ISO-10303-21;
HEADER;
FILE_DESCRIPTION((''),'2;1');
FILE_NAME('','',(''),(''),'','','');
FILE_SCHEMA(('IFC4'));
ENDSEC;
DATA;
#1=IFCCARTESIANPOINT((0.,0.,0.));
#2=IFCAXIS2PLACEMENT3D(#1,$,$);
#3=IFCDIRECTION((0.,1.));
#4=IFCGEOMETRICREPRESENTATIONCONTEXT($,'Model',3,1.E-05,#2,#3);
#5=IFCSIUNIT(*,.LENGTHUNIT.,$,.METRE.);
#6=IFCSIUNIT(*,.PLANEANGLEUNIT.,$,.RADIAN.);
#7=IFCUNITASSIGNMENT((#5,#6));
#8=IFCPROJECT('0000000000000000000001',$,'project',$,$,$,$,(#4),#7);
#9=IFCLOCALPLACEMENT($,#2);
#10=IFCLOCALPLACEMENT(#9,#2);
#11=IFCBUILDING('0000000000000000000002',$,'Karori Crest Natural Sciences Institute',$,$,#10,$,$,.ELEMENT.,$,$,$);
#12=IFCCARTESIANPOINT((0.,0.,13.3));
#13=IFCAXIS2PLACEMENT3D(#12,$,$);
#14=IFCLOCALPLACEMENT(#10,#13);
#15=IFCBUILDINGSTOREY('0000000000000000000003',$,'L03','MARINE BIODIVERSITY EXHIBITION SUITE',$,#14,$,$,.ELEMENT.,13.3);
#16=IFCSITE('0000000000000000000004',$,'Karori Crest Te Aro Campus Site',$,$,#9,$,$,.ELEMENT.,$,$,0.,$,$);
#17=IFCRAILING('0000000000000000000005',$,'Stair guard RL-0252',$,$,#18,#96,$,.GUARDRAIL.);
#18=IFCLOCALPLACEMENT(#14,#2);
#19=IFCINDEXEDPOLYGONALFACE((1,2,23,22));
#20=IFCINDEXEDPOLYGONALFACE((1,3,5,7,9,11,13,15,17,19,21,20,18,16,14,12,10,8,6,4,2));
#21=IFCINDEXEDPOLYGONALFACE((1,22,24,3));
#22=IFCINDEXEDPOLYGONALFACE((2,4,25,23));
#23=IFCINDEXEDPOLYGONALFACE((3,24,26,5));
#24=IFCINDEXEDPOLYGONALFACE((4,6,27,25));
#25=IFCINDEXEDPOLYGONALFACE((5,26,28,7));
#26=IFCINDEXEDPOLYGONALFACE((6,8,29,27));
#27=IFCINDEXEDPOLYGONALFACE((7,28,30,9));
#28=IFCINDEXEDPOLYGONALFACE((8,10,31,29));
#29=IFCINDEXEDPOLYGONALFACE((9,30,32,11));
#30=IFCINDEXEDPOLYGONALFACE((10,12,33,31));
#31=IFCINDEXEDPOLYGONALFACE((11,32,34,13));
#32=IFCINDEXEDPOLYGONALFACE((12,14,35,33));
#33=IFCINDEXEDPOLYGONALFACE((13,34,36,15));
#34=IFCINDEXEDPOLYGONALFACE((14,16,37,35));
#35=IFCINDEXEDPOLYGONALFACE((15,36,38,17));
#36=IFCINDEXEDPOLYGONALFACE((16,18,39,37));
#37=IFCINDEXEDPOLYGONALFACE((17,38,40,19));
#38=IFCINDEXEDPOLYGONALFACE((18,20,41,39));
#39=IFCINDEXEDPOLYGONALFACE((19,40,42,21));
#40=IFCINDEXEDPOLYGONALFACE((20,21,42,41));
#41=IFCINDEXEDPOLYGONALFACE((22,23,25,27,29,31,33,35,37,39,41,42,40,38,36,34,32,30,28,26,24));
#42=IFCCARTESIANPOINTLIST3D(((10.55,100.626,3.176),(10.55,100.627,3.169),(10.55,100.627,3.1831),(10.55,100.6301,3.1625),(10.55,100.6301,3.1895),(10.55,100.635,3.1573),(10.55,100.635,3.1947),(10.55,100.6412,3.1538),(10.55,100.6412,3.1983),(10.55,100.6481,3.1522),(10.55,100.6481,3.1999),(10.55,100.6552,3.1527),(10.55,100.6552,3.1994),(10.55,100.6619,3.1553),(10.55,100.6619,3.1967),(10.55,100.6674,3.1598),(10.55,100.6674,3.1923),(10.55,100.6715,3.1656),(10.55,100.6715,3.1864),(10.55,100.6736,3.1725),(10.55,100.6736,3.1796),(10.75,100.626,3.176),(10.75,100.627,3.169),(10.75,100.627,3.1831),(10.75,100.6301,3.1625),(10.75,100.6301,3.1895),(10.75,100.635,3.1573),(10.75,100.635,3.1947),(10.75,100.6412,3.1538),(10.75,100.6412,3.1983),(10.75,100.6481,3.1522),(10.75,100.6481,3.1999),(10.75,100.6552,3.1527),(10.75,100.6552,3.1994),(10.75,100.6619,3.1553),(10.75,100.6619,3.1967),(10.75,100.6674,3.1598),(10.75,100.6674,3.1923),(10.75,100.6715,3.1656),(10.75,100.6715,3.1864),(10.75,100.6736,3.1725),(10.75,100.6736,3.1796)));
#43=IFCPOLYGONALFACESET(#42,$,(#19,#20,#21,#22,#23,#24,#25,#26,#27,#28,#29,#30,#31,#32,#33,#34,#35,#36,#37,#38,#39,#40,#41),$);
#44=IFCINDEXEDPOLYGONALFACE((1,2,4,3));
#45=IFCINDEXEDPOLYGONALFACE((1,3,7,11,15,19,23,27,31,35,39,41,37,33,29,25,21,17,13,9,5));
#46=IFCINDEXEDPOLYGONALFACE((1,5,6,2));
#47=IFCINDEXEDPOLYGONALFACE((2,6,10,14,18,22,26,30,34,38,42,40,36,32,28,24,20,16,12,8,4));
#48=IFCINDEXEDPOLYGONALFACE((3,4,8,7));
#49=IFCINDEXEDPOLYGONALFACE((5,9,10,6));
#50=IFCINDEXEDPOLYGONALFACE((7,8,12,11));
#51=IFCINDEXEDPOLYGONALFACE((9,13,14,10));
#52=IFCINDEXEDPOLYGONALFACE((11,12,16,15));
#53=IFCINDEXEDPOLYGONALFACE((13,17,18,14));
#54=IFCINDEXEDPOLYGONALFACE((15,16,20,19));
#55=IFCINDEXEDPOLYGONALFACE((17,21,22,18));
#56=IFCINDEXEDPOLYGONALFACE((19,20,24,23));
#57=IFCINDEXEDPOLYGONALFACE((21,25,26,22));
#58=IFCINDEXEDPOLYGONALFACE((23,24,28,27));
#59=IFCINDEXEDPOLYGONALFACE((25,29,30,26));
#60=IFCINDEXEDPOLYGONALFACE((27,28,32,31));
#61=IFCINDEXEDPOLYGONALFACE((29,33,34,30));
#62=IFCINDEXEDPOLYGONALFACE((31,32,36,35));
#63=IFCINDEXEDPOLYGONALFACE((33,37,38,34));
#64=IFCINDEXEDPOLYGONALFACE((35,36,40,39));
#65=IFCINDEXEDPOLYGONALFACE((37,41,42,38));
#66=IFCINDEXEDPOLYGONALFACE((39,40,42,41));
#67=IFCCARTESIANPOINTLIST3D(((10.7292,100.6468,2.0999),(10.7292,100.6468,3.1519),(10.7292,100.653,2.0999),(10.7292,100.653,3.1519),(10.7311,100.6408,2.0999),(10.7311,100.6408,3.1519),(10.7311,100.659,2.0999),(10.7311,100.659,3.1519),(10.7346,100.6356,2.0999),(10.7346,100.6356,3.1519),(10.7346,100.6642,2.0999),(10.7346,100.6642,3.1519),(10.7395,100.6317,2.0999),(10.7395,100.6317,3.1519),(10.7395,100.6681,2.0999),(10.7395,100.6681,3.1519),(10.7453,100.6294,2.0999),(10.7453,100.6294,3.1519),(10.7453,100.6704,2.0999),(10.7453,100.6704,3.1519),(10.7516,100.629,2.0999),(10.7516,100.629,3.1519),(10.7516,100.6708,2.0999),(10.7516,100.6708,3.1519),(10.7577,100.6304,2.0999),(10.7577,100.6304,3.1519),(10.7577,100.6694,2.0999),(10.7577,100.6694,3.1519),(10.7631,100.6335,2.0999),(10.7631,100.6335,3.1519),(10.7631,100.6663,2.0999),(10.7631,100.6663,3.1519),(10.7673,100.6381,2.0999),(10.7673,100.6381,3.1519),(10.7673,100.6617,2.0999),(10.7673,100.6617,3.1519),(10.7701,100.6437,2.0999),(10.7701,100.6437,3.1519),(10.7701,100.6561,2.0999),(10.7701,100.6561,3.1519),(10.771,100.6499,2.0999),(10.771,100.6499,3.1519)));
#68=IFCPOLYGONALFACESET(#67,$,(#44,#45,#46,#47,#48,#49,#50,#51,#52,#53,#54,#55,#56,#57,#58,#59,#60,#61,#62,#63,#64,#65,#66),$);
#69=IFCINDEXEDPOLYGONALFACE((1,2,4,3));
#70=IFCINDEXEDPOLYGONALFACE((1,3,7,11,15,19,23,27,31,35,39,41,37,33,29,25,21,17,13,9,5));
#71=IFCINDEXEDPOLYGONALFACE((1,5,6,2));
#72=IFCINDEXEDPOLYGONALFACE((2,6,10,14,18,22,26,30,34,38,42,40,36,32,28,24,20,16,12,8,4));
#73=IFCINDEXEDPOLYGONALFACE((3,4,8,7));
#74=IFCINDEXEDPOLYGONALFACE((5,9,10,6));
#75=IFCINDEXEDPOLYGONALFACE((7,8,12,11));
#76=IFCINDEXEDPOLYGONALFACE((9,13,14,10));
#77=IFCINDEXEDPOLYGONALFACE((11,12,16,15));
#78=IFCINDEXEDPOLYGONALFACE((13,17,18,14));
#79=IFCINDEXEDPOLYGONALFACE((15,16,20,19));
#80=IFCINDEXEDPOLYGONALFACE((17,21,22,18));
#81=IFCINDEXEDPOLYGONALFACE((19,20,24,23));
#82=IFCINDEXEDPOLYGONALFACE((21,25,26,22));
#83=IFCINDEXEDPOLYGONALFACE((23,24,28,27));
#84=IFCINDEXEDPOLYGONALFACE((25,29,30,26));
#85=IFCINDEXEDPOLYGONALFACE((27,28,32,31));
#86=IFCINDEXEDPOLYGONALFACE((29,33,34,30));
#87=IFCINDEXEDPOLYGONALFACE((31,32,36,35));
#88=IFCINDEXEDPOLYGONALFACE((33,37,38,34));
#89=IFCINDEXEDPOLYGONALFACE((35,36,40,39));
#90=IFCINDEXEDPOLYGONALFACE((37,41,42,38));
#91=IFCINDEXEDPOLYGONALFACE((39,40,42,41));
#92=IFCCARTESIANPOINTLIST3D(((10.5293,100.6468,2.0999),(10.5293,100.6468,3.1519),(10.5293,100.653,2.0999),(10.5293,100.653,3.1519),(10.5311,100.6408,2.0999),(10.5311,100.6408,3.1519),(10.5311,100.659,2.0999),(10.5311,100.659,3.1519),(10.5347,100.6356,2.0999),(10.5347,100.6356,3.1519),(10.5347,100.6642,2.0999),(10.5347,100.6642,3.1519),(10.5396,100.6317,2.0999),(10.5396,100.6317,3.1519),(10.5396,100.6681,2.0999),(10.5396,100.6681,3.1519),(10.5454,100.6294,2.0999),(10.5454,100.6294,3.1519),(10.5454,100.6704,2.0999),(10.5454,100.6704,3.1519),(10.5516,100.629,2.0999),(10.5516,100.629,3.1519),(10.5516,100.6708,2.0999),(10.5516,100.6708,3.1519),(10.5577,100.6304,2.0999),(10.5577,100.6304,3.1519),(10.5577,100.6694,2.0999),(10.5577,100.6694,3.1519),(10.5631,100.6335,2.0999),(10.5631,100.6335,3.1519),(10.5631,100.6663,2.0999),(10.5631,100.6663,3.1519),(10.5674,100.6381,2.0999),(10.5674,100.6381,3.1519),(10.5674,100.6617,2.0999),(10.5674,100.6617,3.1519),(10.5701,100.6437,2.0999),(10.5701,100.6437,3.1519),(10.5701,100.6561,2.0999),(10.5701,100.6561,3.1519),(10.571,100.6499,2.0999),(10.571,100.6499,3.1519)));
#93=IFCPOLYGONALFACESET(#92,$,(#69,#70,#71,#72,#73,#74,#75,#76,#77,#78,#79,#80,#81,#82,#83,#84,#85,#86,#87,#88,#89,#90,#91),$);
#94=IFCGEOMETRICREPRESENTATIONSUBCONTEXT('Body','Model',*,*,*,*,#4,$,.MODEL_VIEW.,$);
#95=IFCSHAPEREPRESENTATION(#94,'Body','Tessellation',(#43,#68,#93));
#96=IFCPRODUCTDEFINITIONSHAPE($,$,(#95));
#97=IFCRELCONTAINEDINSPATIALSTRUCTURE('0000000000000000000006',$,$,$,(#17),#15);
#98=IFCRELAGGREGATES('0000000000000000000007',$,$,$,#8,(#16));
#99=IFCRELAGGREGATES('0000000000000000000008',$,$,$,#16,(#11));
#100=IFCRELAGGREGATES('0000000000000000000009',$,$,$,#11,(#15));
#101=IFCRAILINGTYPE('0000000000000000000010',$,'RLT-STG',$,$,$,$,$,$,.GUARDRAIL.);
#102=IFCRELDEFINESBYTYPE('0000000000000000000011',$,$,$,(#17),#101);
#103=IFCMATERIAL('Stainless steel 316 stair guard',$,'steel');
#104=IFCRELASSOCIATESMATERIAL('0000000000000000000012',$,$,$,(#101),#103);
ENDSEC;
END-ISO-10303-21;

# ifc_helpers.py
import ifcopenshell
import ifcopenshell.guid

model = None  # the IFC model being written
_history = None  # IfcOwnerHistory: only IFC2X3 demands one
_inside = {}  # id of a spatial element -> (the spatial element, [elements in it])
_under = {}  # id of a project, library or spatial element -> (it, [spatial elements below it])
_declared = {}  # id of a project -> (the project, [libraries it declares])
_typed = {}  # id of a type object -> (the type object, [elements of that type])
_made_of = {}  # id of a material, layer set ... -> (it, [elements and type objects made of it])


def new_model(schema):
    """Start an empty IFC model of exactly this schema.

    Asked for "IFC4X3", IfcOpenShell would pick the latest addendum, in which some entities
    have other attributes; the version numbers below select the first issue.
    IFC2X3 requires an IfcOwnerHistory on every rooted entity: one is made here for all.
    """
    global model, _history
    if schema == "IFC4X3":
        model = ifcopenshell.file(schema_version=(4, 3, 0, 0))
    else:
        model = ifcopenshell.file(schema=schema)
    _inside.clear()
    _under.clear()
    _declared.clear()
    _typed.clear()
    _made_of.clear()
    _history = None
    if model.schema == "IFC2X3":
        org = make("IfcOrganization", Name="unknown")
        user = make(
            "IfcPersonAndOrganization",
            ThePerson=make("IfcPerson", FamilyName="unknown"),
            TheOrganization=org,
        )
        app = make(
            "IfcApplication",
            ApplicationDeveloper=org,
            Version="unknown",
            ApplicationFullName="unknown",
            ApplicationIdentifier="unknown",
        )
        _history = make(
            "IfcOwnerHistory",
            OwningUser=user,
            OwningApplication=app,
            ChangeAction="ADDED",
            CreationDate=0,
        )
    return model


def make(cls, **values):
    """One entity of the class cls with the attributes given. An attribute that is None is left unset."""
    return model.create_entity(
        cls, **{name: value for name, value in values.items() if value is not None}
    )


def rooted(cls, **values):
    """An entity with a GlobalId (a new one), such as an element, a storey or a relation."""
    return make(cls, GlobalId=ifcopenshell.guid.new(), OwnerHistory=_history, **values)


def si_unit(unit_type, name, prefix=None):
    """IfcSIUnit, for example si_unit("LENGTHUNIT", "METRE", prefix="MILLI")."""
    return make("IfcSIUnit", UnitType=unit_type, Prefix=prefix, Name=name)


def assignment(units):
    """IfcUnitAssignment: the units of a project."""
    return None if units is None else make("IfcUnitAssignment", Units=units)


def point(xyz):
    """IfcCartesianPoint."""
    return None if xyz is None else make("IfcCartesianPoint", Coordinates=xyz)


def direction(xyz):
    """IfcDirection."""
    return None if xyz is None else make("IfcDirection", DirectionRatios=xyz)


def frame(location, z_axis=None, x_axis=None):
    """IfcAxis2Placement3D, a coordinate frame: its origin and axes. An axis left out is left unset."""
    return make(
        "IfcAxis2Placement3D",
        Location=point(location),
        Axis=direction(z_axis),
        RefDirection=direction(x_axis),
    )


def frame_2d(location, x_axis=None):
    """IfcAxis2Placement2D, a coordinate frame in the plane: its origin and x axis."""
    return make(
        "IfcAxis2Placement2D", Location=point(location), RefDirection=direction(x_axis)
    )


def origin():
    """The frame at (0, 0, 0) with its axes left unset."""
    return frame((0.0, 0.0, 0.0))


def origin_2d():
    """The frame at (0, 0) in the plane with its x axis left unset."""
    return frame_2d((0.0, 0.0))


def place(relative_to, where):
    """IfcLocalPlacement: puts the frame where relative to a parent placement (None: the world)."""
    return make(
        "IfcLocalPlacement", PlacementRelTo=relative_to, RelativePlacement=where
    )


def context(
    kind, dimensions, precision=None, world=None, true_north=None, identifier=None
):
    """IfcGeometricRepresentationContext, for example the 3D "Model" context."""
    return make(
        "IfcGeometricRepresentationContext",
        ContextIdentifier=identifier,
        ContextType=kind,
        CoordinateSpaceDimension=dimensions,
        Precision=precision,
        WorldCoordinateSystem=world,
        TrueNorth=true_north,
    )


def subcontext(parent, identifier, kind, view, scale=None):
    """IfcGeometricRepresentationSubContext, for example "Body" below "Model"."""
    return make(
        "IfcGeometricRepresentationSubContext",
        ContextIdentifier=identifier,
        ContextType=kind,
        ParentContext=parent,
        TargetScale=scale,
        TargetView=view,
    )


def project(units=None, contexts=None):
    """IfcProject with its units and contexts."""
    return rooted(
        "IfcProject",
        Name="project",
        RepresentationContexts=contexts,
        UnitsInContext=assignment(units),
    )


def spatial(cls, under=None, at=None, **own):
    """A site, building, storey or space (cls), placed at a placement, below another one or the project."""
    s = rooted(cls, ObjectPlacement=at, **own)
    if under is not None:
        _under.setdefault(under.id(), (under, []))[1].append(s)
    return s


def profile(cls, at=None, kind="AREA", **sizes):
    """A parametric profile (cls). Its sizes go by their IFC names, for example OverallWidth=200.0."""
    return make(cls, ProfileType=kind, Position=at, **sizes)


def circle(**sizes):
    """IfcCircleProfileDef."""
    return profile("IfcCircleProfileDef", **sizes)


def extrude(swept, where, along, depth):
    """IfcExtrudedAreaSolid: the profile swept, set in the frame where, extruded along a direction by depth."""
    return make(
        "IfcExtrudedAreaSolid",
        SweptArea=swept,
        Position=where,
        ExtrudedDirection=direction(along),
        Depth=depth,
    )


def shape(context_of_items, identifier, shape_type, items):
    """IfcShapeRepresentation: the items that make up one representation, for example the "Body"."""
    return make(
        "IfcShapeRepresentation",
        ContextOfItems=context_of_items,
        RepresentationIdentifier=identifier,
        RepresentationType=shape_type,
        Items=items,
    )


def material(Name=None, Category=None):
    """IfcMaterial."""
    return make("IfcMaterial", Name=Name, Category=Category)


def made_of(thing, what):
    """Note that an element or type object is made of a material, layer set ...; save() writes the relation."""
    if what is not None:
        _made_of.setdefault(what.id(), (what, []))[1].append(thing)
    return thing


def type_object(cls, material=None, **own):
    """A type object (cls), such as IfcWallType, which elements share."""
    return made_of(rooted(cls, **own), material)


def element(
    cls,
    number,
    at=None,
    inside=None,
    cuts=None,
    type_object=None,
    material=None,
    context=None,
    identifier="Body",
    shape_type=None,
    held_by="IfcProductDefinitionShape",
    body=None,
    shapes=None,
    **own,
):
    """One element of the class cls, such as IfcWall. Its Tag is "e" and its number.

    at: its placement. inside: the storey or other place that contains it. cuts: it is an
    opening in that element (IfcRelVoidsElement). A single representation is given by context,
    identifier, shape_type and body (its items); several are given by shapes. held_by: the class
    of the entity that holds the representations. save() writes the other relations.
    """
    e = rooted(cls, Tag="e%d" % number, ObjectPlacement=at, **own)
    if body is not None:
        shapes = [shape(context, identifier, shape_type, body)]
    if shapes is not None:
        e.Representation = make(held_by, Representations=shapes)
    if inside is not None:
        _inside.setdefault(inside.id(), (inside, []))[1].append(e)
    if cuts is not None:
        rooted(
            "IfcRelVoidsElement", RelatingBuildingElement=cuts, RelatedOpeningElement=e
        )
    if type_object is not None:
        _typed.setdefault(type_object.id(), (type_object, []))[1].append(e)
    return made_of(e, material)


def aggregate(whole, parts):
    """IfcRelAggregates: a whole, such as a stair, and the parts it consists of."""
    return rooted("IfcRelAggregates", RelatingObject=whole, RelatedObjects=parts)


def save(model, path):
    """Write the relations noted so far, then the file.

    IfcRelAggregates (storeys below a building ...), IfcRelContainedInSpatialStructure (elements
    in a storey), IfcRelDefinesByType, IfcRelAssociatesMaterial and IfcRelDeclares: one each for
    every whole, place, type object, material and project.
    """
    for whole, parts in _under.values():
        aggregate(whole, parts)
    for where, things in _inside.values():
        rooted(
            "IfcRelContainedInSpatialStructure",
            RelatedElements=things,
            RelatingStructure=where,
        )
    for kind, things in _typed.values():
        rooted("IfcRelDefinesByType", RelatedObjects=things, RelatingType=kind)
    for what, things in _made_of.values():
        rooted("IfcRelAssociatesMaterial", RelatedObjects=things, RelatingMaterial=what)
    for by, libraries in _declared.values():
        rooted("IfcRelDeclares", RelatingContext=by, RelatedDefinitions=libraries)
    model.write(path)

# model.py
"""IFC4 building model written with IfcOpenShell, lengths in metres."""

from ifc_helpers import new_model, si_unit, direction, frame, origin, origin_2d, place, context, subcontext, project, spatial, circle, extrude, material, type_object, element, save


model = new_model("IFC4")

# Units and contexts
model_context = context("Model", 3, precision=1e-05, world=origin(), true_north=direction((0.0, 1.0)))
body_context = subcontext(model_context, "Body", "Model", "MODEL_VIEW")
ifc_project = project(units=[si_unit("LENGTHUNIT", "METRE"), si_unit("PLANEANGLEUNIT", "RADIAN")], contexts=[model_context])

# Site, building, storey
site_placement = place(None, origin())
site = spatial("IfcSite", under=ifc_project, at=site_placement, Name="Karori Crest Te Aro Campus Site", CompositionType="ELEMENT", RefElevation=0.0)
building_placement = place(site_placement, origin())
building = spatial("IfcBuilding", under=site, at=building_placement, Name="Karori Crest Natural Sciences Institute", CompositionType="ELEMENT")
storey_placement = place(building_placement, frame((0.0, 0.0, 13.3)))
storey = spatial("IfcBuildingStorey", under=building, at=storey_placement, Name="L03", Description="MARINE BIODIVERSITY EXHIBITION SUITE", CompositionType="ELEMENT", Elevation=13.3)

# Railing
ifc_material_1 = material(Name="Stainless steel 316 stair guard", Category="steel")
railing_type_1 = type_object("IfcRailingType", Name="RLT-STG", PredefinedType="GUARDRAIL", material=ifc_material_1)
railing_1_placement = place(storey_placement, frame((10.75, 100.6499, 2.0999)))
element("IfcRailing", 1, at=railing_1_placement, inside=storey, type_object=railing_type_1, Name="Stair guard RL-0252", PredefinedType="GUARDRAIL", context=body_context, shape_type="SweptSolid", body=[
    extrude(circle(Radius=0.0239, at=origin_2d()), frame((0.0, 0.0, 1.0762), z_axis=(-1.0, 0.0, 0.0), x_axis=(0.0, -1.0, 0.0)), (0.0, 0.0, 1.0), 0.2),
    extrude(circle(Radius=0.021, at=origin_2d()), origin(), (0.0, 0.0, 1.0), 1.052),
    extrude(circle(Radius=0.021, at=origin_2d()), frame((-0.2, 0.0, 0.0)), (0.0, 0.0, 1.0), 1.052),
])

save(model, "model.ifc")
